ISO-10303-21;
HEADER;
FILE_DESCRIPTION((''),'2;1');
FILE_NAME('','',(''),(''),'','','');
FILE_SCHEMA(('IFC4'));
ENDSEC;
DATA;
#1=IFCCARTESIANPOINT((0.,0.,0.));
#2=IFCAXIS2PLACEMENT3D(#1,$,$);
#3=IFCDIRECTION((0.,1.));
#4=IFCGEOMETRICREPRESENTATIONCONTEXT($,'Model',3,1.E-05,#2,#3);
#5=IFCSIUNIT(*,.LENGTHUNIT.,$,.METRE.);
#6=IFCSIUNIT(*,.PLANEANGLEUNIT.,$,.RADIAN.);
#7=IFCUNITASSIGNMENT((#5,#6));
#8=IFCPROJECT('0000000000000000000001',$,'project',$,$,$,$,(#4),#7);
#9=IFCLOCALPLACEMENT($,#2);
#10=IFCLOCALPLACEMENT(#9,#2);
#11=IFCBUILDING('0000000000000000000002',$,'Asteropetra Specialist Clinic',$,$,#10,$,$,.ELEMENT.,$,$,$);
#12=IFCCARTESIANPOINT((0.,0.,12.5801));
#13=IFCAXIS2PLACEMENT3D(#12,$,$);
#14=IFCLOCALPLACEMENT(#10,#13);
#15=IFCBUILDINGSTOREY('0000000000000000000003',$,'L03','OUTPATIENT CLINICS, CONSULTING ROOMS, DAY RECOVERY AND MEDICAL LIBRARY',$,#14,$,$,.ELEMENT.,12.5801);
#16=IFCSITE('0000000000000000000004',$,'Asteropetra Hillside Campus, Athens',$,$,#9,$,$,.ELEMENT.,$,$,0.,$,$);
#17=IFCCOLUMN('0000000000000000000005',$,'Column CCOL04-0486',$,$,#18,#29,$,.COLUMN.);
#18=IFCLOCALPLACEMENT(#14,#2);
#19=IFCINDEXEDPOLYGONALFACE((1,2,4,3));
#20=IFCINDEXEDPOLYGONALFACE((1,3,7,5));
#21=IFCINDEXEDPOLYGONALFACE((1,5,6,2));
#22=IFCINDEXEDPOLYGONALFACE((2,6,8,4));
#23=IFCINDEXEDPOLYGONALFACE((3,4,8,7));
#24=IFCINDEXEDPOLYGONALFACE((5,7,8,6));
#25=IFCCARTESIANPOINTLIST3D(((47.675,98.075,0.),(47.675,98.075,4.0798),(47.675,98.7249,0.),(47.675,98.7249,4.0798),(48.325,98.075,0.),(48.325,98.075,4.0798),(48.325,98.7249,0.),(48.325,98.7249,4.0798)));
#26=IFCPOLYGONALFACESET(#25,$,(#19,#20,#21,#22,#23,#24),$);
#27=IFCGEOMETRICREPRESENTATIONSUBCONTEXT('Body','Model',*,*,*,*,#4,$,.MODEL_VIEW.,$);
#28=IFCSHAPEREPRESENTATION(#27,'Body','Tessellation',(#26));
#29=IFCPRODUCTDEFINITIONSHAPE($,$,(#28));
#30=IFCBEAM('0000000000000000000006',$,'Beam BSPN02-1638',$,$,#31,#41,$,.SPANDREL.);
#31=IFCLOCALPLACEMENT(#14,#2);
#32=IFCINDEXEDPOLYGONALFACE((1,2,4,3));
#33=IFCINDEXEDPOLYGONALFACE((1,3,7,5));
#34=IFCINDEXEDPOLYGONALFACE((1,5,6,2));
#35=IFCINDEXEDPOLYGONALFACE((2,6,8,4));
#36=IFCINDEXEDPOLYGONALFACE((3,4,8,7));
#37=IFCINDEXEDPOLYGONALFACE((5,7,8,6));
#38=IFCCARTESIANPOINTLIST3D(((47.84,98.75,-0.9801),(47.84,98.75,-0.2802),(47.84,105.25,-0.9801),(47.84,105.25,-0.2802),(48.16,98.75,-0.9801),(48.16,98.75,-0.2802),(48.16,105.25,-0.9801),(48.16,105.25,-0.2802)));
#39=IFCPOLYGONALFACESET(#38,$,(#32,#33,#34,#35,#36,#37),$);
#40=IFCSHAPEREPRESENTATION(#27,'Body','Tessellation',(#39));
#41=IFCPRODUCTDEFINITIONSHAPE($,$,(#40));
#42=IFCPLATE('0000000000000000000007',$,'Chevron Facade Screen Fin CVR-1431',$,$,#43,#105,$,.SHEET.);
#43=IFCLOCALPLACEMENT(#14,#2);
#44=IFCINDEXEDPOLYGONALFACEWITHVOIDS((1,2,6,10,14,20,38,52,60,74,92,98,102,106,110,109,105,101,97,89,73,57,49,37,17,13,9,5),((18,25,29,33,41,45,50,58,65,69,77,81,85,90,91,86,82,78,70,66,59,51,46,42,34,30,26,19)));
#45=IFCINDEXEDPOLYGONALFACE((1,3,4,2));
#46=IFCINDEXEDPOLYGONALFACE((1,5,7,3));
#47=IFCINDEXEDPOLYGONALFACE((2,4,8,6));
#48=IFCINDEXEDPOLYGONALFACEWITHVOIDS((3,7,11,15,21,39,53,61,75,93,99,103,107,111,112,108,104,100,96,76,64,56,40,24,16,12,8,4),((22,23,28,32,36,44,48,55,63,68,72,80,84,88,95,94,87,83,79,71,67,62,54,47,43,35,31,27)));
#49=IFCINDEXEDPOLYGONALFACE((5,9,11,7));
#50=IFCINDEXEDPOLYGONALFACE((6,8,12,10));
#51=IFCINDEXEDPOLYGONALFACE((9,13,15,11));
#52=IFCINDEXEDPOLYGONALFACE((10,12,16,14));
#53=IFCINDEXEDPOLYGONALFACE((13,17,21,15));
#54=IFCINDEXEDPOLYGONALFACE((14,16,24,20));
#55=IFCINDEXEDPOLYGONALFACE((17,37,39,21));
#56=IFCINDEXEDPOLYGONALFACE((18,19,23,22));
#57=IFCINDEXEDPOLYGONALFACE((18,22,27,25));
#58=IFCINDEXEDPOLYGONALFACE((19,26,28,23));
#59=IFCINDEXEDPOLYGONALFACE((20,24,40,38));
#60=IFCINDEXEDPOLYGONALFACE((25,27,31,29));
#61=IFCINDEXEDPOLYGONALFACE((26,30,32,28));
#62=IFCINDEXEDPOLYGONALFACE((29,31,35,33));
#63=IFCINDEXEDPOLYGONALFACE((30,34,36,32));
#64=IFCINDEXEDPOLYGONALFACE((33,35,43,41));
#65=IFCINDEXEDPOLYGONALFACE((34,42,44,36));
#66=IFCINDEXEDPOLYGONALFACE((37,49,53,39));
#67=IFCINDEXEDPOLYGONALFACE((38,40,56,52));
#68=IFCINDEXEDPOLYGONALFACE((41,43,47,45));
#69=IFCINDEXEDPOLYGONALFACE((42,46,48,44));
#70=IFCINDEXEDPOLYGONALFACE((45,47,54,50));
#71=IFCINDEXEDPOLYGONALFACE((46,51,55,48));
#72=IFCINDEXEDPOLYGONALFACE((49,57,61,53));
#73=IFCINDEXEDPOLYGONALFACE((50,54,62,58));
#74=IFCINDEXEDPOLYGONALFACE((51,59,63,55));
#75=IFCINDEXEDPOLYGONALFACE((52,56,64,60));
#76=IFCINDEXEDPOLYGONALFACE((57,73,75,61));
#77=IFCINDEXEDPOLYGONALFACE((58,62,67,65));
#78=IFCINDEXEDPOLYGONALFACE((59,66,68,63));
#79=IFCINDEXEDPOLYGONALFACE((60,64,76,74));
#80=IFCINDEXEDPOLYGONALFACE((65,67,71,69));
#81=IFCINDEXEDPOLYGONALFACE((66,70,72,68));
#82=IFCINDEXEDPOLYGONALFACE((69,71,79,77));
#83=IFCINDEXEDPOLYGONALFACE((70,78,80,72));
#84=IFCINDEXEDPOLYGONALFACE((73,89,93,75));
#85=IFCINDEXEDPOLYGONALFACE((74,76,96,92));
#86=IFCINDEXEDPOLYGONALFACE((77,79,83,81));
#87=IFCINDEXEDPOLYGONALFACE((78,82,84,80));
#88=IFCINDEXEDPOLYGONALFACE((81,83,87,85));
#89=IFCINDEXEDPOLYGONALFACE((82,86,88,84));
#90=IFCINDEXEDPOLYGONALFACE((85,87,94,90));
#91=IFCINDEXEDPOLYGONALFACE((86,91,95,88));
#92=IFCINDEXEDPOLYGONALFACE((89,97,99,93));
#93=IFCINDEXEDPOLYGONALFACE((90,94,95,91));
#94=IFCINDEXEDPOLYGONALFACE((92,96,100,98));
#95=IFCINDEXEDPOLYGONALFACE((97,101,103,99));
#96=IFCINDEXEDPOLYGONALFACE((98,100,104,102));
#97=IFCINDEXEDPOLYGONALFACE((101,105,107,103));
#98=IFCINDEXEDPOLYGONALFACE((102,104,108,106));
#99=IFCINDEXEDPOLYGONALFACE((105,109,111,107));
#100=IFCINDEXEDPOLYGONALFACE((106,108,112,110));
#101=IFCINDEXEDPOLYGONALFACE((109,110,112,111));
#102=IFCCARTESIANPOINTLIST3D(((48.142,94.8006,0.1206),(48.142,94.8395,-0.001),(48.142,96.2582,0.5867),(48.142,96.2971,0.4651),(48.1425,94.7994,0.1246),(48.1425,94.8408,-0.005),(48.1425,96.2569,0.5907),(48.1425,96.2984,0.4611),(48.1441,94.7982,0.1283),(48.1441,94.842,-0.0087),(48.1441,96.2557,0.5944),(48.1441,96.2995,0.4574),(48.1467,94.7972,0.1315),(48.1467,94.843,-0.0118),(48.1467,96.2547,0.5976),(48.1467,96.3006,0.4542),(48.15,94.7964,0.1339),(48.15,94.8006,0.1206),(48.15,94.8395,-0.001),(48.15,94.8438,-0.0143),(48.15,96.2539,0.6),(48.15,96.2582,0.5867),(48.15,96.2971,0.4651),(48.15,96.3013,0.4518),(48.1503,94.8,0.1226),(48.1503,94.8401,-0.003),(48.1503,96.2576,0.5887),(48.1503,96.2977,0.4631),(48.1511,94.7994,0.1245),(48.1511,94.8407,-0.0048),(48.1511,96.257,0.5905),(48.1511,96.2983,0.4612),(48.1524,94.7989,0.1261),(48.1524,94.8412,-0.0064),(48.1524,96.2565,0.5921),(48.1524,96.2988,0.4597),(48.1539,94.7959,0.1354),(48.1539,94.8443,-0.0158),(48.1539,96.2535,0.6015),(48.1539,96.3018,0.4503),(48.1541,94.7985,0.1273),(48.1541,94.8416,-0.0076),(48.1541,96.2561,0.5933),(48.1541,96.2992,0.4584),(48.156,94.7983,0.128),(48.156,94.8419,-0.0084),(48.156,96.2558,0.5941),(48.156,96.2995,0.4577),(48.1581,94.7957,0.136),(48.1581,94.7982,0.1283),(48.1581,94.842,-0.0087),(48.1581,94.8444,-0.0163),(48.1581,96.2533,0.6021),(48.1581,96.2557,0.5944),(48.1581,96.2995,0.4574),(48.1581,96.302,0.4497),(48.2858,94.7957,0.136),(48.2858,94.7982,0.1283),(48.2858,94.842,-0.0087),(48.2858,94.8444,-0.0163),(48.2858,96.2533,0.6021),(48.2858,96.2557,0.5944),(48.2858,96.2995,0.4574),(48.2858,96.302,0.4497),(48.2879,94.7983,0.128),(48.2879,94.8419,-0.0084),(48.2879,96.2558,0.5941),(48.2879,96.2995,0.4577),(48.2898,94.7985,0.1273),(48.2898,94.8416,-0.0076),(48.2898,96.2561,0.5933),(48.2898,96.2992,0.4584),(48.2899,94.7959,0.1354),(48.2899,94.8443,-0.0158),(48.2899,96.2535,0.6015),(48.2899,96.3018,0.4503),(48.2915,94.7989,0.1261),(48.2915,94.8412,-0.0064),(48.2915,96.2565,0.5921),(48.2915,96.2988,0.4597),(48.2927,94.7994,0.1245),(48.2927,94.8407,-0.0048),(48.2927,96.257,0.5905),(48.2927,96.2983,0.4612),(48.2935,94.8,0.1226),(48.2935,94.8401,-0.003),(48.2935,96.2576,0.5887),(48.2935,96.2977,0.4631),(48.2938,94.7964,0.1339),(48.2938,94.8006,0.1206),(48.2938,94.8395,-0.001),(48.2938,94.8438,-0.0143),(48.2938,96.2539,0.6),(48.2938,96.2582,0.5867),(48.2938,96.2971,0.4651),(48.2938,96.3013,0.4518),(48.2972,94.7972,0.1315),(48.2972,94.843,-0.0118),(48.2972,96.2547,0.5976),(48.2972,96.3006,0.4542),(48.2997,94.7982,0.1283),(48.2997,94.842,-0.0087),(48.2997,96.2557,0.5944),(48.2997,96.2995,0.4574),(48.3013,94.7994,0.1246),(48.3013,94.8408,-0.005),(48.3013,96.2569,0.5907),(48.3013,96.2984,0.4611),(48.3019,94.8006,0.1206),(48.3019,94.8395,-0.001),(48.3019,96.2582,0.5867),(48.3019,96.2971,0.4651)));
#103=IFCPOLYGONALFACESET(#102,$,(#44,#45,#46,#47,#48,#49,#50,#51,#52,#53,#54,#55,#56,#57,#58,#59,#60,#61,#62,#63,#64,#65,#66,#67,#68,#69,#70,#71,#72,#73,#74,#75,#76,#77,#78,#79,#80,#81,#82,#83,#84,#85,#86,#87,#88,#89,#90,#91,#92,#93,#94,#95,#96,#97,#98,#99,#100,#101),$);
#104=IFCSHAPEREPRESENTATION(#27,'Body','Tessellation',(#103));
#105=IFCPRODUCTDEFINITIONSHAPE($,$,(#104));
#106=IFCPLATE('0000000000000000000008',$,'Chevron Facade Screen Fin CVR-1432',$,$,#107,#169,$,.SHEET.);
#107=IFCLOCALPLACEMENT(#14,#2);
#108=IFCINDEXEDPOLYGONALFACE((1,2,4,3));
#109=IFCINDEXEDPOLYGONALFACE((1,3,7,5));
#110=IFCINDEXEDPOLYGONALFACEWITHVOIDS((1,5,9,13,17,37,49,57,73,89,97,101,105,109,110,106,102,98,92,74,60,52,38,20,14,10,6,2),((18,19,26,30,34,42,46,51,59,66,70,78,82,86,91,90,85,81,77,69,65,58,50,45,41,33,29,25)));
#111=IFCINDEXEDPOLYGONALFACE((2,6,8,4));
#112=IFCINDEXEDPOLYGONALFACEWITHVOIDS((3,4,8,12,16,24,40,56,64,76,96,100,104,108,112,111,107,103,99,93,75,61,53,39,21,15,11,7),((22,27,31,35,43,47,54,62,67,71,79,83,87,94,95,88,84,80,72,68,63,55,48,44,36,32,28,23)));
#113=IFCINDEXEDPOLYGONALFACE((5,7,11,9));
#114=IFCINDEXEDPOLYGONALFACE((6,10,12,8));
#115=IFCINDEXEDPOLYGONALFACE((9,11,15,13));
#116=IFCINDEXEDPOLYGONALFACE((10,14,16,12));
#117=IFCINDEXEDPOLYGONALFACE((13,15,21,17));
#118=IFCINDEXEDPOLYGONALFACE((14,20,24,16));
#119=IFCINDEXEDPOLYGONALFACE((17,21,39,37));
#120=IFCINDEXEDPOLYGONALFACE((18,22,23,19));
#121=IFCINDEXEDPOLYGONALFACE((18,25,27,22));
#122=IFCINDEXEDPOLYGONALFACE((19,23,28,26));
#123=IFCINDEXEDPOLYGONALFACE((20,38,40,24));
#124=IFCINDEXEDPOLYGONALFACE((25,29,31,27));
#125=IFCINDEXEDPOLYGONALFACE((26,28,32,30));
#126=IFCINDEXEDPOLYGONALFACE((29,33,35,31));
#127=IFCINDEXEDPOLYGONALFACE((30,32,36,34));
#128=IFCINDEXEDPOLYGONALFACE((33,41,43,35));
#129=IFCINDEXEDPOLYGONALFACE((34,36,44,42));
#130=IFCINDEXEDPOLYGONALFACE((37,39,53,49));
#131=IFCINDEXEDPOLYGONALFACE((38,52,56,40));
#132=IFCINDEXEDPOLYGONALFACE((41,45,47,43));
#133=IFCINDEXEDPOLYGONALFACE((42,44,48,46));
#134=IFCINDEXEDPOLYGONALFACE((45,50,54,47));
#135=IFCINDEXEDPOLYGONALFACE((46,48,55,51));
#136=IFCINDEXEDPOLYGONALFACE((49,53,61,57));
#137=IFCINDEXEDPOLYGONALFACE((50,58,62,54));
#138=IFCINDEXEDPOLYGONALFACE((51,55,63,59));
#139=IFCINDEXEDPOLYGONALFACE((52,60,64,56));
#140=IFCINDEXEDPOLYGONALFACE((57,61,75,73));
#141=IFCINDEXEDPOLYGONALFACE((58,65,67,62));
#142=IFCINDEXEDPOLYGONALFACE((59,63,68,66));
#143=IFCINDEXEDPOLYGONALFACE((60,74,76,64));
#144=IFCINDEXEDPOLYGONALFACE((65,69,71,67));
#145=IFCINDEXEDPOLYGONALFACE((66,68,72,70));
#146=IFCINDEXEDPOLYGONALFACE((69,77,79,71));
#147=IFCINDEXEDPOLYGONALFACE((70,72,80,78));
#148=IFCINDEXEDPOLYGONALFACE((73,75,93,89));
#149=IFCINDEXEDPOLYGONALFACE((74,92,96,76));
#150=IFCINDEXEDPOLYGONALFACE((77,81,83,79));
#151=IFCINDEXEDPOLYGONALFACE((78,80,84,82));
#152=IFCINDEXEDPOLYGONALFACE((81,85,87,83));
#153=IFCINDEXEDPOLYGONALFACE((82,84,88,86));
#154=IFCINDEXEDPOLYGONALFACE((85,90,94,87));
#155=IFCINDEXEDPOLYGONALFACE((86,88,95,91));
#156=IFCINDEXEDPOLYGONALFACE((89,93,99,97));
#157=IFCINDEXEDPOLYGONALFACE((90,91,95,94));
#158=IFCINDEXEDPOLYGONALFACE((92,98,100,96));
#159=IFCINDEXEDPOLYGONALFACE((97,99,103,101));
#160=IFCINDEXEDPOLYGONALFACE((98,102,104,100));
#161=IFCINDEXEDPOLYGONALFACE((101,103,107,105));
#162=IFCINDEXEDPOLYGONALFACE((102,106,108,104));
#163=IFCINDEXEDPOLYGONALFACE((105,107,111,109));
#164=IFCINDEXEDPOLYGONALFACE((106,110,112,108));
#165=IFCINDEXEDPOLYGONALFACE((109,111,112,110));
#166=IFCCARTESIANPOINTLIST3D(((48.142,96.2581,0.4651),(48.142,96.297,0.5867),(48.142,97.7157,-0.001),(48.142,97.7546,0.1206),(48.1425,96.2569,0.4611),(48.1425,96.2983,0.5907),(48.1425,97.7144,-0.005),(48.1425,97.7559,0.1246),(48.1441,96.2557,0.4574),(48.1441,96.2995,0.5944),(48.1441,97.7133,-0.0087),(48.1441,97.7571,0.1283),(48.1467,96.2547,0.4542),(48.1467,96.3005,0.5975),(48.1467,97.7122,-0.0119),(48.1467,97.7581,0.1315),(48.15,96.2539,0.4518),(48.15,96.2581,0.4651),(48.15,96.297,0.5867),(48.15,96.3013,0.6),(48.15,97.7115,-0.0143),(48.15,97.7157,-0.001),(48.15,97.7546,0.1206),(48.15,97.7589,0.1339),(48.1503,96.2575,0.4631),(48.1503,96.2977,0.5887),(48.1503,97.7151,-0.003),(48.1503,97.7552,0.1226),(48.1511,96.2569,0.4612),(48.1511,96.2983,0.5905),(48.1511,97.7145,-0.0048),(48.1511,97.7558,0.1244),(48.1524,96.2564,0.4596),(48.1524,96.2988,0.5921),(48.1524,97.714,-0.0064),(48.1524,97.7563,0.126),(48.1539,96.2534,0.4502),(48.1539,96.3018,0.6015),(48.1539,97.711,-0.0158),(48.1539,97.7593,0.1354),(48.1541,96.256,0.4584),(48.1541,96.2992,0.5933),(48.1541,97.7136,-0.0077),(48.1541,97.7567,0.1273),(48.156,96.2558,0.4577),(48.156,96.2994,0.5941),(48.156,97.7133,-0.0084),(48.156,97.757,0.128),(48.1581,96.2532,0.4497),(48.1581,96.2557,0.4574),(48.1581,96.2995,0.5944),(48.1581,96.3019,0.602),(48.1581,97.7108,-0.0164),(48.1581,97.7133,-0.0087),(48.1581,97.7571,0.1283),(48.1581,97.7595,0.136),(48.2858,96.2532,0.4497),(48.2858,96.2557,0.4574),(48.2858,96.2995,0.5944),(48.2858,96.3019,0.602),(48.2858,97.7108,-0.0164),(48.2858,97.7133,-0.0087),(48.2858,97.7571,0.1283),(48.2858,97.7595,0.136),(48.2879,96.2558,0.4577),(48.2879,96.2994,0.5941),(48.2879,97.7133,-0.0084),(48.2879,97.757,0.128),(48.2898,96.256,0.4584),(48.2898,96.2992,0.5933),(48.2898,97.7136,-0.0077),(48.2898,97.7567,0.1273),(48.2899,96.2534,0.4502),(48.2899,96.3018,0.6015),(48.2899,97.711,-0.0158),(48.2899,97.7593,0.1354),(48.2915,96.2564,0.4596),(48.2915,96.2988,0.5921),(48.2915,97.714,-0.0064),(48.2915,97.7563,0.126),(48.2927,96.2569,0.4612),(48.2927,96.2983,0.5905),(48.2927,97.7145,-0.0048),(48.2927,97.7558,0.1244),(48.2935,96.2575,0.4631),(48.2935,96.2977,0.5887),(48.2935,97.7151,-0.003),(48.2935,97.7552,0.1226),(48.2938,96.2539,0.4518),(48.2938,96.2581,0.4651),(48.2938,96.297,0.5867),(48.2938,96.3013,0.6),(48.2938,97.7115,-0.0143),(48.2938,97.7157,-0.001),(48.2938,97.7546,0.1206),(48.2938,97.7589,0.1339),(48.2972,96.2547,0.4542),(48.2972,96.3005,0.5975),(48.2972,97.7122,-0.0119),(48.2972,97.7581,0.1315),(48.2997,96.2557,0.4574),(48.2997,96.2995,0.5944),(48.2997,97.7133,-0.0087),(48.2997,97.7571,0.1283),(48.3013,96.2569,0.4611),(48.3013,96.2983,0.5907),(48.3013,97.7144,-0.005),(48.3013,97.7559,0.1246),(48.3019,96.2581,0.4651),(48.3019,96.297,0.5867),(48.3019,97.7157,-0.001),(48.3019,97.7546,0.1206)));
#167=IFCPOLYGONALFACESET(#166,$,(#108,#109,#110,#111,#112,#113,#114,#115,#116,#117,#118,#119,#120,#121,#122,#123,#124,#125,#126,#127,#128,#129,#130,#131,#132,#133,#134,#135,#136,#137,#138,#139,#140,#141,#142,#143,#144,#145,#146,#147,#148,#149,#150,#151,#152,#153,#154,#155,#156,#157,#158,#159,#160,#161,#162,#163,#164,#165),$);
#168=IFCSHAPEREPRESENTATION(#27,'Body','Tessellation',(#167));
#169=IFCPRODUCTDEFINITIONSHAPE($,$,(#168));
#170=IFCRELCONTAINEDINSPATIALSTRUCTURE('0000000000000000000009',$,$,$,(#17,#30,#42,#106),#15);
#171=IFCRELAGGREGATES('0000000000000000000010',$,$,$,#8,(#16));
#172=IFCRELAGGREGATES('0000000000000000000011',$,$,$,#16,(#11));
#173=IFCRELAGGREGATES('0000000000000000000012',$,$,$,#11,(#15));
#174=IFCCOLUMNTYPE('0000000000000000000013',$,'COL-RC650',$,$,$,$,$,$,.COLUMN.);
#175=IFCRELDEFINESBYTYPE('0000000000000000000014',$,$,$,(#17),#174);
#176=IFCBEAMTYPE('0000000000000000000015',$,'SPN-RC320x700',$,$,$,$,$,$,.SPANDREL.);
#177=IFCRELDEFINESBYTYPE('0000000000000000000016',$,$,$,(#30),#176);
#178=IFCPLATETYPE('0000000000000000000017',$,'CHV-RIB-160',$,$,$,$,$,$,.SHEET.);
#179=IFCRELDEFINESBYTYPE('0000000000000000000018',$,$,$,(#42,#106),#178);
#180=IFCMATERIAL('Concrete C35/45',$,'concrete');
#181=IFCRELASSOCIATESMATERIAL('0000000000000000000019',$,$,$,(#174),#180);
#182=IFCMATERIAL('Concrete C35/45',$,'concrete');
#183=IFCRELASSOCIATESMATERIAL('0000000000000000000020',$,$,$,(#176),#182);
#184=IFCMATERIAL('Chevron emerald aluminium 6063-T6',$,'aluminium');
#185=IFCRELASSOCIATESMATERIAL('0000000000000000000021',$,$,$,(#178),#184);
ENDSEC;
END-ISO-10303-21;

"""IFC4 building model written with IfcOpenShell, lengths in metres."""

from ifc_helpers import new_model, si_unit, direction, frame, origin, origin_2d, place, context, subcontext, project, spatial, rectangle, hollow_rectangle, extrude, material, material_profile, profile_set, type_object, element, save


model = new_model("IFC4")

# Units and contexts
model_context = context("Model", 3, precision=1e-05, world=origin(), true_north=direction((0.0, 1.0)))
body_context = subcontext(model_context, "Body", "Model", "MODEL_VIEW")
ifc_project = project(units=[si_unit("LENGTHUNIT", "METRE"), si_unit("PLANEANGLEUNIT", "RADIAN")], contexts=[model_context])

# Site, building, storey
site_placement = place(None, origin())
site = spatial("IfcSite", under=ifc_project, at=site_placement, Name="Asteropetra Hillside Campus, Athens", CompositionType="ELEMENT", RefElevation=0.0)
building_placement = place(site_placement, origin())
building = spatial("IfcBuilding", under=site, at=building_placement, Name="Asteropetra Specialist Clinic", CompositionType="ELEMENT")
storey_placement = place(building_placement, frame((0.0, 0.0, 12.5801)))
storey = spatial("IfcBuildingStorey", under=building, at=storey_placement, Name="L03", Description="OUTPATIENT CLINICS, CONSULTING ROOMS, DAY RECOVERY AND MEDICAL LIBRARY", CompositionType="ELEMENT", Elevation=12.5801)

# Column
ifc_material_1 = material(Name="Concrete C35/45", Category="concrete")
ifc_material_profile_1 = material_profile(ifc_material_1, rectangle(XDim=0.6499, YDim=0.6499, at=origin_2d()), Name="RC 650x650")
ifc_profile_set_1 = profile_set([ifc_material_profile_1], Name="Concrete C35/45")
column_type = type_object("IfcColumnType", Name="COL-RC650", PredefinedType="COLUMN", material=ifc_profile_set_1)
column_placement = place(storey_placement, frame((48.0, 98.3999, 0.0), z_axis=(0.0, 0.0, 1.0), x_axis=(1.0, 0.0, 0.0)))
element("IfcColumn", 1, at=column_placement, inside=storey, type_object=column_type, Name="Column CCOL04-0486", PredefinedType="COLUMN", context=body_context, shape_type="SweptSolid", body=[
    extrude(rectangle(XDim=0.6499, YDim=0.6499, at=origin_2d()), origin(), (0.0, 0.0, 1.0), 4.0798),
])

# Beam
ifc_material_2 = material(Name="Concrete C35/45", Category="concrete")
ifc_material_profile_2 = material_profile(ifc_material_2, rectangle(XDim=0.3201, YDim=0.7, at=origin_2d()), Name="RCS 320x700")
ifc_profile_set_2 = profile_set([ifc_material_profile_2], Name="Concrete C35/45")
beam_type = type_object("IfcBeamType", Name="SPN-RC320x700", PredefinedType="SPANDREL", material=ifc_profile_set_2)
beam_placement = place(storey_placement, frame((48.0, 98.75, -0.6301), z_axis=(0.0, 1.0, 0.0), x_axis=(-1.0, 0.0, 0.0)))
element("IfcBeam", 2, at=beam_placement, inside=storey, type_object=beam_type, Name="Beam BSPN02-1638", PredefinedType="SPANDREL", context=body_context, shape_type="SweptSolid", body=[
    extrude(rectangle(XDim=0.3201, YDim=0.7, at=origin_2d()), origin(), (0.0, 0.0, 1.0), 6.5),
])

# Plates
ifc_material_3 = material(Name="Chevron emerald aluminium 6063-T6", Category="aluminium")
ifc_material_profile_3 = material_profile(ifc_material_3, hollow_rectangle(XDim=0.1599, YDim=0.1599, WallThickness=0.0081, InnerFilletRadius=0.0081, OuterFilletRadius=0.0161, at=origin_2d()), Name="SHS 160x160x8.0")
ifc_profile_set_3 = profile_set([ifc_material_profile_3], Name="Chevron emerald aluminium 6063-T6")
plate_type_1 = type_object("IfcPlateType", Name="CHV-RIB-160", PredefinedType="SHEET", material=ifc_profile_set_3)
for number, where, z_axis, x_axis, name in (
    (3, (48.2219, 94.8201, 0.0598), (0.0, 0.952489, 0.304573), (-1.0, 0.0, 0.0), "Chevron Facade Screen Fin CVR-1431"),
    (4, (48.2219, 96.2776, 0.5259), (0.0, 0.952489, -0.304573), (-1.0, 0.0, 0.0), "Chevron Facade Screen Fin CVR-1432"),
):
    element("IfcPlate", number, at=place(storey_placement, frame(where, z_axis=z_axis, x_axis=x_axis)), inside=storey, type_object=plate_type_1, Name=name, PredefinedType="SHEET", context=body_context, shape_type="SweptSolid", body=[
        extrude(hollow_rectangle(XDim=0.1599, YDim=0.1599, WallThickness=0.0081, InnerFilletRadius=0.0081, OuterFilletRadius=0.0161, at=origin_2d()), origin(), (0.0, 0.0, 1.0), 1.5303),
    ])

save(model, "model.ifc")
